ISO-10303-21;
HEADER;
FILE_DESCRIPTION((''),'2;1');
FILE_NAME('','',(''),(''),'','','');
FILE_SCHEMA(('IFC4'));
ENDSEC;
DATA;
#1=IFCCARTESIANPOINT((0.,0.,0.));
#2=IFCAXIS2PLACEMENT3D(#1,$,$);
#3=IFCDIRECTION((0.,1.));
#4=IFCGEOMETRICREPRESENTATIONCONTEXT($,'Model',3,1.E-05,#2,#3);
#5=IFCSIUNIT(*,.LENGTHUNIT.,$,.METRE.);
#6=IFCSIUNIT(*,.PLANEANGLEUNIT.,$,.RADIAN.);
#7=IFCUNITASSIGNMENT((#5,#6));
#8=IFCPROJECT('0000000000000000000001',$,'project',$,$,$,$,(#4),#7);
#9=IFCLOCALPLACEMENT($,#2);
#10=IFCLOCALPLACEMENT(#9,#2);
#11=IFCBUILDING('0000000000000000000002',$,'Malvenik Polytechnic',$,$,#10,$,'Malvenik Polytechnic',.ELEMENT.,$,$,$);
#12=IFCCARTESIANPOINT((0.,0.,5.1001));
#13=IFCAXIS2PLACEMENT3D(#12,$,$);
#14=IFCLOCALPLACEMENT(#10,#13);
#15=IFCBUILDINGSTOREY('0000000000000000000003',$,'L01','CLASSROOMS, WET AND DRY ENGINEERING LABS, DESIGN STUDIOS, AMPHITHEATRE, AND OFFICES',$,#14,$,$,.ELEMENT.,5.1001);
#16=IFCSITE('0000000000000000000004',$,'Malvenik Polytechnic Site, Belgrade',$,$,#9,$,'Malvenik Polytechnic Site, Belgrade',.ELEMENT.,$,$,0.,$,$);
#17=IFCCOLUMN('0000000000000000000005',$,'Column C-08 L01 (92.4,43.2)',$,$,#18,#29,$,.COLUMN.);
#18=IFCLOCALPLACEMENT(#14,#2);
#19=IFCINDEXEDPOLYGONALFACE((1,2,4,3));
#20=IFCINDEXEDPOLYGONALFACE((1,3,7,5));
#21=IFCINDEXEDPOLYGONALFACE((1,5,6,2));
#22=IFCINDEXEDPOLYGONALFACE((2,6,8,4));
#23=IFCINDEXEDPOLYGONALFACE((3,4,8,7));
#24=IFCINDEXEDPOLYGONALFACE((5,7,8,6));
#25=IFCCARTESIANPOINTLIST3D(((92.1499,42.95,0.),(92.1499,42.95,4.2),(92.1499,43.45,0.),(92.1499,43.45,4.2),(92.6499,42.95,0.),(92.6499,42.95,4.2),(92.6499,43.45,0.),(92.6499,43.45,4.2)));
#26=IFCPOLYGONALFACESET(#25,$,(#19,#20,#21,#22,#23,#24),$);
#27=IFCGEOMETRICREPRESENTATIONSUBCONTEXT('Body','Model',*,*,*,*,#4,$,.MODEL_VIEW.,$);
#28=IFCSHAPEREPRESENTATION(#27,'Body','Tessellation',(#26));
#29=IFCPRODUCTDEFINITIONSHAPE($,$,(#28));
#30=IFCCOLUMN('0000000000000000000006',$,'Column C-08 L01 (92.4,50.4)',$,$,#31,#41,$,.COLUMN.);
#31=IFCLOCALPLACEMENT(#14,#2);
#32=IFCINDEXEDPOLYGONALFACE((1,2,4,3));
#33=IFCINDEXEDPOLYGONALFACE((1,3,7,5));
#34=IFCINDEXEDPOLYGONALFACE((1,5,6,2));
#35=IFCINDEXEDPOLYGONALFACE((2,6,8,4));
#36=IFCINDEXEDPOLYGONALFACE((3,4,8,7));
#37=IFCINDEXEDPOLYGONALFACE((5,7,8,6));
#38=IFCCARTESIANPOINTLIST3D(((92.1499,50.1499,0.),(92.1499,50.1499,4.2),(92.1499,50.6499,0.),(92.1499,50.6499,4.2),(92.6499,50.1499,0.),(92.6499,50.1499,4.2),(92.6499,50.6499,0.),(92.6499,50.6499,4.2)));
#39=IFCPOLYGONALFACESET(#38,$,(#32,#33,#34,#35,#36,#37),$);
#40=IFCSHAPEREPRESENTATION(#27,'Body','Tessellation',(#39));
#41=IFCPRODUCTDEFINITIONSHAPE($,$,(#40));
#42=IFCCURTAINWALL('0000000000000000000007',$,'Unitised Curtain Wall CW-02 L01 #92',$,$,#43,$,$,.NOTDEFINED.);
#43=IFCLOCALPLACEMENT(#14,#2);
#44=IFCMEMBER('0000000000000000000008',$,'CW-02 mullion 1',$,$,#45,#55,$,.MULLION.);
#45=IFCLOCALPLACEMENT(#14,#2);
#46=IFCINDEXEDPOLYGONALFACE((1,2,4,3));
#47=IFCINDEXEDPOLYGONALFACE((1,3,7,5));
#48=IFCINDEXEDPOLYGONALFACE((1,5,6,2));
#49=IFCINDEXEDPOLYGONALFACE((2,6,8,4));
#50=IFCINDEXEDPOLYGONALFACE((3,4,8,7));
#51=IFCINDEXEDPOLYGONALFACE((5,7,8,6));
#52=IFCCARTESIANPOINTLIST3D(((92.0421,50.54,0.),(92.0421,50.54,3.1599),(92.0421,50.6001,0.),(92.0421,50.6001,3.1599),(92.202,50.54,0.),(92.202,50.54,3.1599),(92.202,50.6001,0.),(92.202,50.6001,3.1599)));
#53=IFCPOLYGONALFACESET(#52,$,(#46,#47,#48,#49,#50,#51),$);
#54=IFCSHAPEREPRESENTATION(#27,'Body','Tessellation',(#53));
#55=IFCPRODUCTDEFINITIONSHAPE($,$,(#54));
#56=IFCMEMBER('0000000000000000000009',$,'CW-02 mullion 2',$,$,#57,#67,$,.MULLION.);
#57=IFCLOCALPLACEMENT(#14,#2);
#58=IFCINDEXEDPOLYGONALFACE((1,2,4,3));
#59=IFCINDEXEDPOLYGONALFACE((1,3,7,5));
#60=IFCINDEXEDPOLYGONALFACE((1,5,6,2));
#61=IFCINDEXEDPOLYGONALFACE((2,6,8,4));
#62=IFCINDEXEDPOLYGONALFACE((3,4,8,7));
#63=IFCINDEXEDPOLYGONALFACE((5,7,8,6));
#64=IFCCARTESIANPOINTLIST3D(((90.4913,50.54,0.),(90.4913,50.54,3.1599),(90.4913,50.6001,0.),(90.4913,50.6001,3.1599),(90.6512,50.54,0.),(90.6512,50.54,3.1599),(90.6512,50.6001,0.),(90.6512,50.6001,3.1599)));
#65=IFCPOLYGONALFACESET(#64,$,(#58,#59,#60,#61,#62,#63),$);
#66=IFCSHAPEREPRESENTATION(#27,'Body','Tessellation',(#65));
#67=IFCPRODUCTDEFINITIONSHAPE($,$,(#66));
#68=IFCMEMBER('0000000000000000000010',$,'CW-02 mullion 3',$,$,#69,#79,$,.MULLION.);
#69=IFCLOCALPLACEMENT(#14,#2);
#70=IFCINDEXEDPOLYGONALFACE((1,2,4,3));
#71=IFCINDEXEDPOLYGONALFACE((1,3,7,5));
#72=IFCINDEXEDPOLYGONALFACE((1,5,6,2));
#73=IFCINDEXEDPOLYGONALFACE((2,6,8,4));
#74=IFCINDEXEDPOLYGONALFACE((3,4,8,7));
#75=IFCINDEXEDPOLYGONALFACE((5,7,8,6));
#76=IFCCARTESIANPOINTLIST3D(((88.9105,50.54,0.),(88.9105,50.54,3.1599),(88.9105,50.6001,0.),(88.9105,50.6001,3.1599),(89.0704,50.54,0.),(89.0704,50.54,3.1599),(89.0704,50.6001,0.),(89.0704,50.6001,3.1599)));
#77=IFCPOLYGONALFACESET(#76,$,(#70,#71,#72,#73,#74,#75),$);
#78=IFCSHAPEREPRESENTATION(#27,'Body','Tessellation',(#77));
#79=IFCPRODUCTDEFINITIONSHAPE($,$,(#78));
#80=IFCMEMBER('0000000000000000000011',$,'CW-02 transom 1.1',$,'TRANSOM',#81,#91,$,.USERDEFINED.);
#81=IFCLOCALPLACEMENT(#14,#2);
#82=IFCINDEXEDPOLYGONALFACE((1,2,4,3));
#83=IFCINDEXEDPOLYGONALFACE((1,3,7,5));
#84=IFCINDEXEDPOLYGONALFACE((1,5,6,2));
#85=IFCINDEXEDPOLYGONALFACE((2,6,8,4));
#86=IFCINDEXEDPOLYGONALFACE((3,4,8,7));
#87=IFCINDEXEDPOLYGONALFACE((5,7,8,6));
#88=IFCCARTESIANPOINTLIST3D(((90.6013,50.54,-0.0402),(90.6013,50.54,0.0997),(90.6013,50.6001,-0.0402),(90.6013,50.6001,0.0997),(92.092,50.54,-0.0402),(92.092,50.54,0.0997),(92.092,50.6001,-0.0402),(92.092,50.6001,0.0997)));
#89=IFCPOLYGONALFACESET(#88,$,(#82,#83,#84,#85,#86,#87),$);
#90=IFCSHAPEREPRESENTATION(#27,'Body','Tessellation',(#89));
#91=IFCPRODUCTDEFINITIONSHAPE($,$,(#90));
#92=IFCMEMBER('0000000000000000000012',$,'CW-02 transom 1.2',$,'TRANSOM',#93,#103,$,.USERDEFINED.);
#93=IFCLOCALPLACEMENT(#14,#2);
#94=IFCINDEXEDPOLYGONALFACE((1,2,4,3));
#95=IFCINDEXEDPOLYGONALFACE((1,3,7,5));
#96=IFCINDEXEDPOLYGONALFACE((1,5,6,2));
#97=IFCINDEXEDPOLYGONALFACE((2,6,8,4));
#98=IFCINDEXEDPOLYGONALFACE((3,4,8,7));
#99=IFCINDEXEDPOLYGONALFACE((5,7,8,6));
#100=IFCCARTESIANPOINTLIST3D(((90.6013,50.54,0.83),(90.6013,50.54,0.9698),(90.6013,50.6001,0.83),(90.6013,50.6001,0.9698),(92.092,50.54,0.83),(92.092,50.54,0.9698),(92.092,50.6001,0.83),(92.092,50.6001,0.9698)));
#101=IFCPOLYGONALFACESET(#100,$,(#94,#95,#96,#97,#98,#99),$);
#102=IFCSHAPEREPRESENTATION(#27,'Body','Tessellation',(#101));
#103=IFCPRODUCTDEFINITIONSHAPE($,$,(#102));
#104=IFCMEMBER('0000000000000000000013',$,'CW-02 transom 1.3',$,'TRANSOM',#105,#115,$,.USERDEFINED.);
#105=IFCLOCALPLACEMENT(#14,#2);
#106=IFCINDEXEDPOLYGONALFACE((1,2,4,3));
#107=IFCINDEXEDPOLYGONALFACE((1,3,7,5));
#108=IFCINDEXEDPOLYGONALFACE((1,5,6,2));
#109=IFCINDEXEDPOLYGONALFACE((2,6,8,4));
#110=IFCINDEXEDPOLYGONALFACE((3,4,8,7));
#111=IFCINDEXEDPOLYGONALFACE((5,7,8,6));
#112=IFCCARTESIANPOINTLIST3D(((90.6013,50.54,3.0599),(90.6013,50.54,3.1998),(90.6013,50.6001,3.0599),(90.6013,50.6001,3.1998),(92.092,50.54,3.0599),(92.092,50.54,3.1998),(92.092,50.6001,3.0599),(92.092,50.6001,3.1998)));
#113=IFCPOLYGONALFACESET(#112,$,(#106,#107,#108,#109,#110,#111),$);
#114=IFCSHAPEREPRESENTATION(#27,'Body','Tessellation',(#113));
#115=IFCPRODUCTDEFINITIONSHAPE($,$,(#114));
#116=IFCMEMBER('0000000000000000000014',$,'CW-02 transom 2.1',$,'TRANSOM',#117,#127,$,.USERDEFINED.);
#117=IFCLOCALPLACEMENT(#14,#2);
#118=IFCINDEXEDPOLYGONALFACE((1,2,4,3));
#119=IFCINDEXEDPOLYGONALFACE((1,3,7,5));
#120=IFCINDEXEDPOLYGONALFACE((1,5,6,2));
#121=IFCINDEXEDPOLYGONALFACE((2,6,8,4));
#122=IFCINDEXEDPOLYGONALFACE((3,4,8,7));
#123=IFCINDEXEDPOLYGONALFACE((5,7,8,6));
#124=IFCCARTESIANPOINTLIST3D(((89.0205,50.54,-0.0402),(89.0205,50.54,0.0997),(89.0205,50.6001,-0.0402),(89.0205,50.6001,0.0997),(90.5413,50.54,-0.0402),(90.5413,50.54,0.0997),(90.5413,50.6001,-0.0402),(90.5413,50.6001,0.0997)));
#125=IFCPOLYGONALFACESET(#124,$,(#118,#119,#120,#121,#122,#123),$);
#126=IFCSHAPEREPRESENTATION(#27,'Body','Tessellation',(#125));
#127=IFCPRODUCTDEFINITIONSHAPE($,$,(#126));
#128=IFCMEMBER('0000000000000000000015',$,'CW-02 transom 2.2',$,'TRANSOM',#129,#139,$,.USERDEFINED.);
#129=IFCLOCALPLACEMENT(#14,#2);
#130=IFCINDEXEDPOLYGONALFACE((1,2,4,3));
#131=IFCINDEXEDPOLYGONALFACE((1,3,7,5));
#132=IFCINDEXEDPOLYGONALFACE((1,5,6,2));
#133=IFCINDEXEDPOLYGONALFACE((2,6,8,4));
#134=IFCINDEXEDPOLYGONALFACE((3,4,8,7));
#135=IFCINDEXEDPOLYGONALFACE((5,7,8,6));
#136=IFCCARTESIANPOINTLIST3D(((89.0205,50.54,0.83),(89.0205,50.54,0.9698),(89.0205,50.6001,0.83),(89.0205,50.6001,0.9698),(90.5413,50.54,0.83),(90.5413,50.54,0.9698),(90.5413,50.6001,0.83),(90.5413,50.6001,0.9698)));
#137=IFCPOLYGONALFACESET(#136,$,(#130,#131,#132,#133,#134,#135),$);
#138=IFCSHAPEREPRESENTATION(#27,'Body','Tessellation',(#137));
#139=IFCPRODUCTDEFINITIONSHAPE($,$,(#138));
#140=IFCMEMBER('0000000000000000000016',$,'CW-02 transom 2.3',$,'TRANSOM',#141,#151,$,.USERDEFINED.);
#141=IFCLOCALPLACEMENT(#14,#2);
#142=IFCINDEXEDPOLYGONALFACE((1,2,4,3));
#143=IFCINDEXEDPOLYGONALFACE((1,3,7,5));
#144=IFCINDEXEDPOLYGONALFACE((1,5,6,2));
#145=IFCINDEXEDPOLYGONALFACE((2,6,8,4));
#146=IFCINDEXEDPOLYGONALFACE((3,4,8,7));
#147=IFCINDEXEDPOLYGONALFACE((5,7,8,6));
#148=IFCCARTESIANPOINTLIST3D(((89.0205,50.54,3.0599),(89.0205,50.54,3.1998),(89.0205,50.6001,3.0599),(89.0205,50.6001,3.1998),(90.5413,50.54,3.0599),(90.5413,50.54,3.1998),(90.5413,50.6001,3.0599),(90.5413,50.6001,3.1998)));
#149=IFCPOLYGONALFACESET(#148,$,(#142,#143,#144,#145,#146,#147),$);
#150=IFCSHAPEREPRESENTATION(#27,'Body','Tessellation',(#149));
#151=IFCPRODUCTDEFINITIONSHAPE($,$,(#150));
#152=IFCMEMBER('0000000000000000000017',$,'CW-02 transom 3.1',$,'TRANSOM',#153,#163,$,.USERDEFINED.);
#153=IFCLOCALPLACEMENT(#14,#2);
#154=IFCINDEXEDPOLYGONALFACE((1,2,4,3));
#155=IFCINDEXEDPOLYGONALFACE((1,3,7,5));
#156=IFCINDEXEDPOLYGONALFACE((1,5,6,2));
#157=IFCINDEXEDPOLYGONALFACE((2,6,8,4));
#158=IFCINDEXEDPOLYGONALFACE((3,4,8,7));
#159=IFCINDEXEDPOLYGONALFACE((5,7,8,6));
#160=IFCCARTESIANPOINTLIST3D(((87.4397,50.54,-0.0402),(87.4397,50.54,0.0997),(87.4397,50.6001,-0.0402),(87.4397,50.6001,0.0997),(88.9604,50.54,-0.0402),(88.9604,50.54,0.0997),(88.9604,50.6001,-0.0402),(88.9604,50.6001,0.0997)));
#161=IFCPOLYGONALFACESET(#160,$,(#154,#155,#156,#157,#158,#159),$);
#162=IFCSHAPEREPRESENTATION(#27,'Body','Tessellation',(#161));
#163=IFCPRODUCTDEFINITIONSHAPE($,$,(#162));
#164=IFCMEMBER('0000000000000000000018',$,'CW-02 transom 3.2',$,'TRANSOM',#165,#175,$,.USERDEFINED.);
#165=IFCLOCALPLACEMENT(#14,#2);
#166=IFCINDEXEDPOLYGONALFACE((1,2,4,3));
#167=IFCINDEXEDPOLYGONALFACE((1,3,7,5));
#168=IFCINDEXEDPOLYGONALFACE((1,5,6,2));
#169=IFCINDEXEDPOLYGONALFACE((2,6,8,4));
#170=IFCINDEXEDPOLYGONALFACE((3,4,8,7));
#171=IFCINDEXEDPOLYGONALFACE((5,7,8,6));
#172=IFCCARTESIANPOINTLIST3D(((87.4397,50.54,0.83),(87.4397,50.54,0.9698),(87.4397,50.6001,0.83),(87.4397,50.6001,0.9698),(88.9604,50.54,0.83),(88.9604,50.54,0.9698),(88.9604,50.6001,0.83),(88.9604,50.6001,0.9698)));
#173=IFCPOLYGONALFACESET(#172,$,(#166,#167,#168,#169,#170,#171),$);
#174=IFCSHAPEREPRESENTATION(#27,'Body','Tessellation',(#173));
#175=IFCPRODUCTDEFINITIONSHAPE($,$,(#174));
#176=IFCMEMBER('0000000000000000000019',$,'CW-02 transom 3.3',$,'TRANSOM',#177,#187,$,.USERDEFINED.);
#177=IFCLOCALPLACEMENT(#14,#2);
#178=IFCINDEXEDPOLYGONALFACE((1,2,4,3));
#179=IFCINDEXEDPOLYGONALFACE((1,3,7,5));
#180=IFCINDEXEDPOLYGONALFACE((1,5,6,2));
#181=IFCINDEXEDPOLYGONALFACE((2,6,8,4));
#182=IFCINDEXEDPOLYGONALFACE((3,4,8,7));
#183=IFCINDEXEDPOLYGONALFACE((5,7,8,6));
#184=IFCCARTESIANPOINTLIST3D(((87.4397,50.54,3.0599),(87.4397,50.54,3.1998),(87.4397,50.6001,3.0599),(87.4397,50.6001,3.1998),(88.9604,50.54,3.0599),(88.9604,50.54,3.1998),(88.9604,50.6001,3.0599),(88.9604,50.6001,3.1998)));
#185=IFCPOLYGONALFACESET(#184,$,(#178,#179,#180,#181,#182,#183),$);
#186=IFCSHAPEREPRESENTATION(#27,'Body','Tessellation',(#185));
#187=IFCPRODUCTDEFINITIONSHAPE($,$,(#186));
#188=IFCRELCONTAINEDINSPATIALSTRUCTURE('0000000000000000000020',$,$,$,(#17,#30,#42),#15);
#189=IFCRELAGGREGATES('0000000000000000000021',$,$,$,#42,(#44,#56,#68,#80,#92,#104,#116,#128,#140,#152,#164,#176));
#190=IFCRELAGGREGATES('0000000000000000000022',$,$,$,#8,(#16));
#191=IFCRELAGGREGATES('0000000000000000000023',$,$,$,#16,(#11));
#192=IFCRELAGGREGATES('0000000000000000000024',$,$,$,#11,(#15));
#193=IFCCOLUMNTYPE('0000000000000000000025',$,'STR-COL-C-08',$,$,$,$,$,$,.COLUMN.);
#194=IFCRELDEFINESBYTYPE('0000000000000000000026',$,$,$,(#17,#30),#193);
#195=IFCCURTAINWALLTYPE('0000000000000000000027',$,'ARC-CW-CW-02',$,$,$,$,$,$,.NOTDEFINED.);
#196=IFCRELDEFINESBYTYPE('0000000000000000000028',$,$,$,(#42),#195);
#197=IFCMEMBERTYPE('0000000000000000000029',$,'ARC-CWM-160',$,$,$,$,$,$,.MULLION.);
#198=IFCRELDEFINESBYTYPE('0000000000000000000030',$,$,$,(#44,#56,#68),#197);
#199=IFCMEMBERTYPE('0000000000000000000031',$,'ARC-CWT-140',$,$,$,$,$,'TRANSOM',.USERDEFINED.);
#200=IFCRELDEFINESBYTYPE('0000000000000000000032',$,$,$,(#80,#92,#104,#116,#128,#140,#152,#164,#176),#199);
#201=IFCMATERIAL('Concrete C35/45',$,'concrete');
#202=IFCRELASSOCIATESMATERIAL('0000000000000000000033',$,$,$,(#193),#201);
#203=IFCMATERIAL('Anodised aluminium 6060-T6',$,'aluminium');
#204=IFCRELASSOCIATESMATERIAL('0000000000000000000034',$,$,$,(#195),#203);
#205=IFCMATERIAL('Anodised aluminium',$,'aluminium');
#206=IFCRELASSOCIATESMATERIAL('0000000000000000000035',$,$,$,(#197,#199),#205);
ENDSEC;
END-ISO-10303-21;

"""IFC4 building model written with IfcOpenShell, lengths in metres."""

from ifc_helpers import new_model, si_unit, direction, frame, origin, origin_2d, place, context, subcontext, project, spatial, rectangle, extrude, material, material_profile, profile_set, type_object, element, aggregate, save


model = new_model("IFC4")

# Units and contexts
model_context = context("Model", 3, precision=1e-05, world=origin(), true_north=direction((0.0, 1.0)))
body_context = subcontext(model_context, "Body", "Model", "MODEL_VIEW")
ifc_project = project(units=[si_unit("LENGTHUNIT", "METRE"), si_unit("PLANEANGLEUNIT", "RADIAN")], contexts=[model_context])

# Site, building, storey
site_placement = place(None, origin())
site = spatial("IfcSite", under=ifc_project, at=site_placement, Name="Malvenik Polytechnic Site, Belgrade", LongName="Malvenik Polytechnic Site, Belgrade", CompositionType="ELEMENT", RefElevation=0.0)
building_placement = place(site_placement, origin())
building = spatial("IfcBuilding", under=site, at=building_placement, Name="Malvenik Polytechnic", LongName="Malvenik Polytechnic", CompositionType="ELEMENT")
storey_placement = place(building_placement, frame((0.0, 0.0, 5.1001)))
storey = spatial("IfcBuildingStorey", under=building, at=storey_placement, Name="L01", Description="CLASSROOMS, WET AND DRY ENGINEERING LABS, DESIGN STUDIOS, AMPHITHEATRE, AND OFFICES", CompositionType="ELEMENT", Elevation=5.1001)

# Columns
ifc_material_1 = material(Name="Concrete C35/45", Category="concrete")
ifc_material_profile_1 = material_profile(ifc_material_1, rectangle(XDim=0.5, YDim=0.5, at=origin_2d()), Name="RC COL 500x500")
ifc_profile_set_1 = profile_set([ifc_material_profile_1], Name="Concrete C35/45")
column_type = type_object("IfcColumnType", Name="STR-COL-C-08", PredefinedType="COLUMN", material=ifc_profile_set_1)
for number, where, z_axis, x_axis, name in (
    (1, (92.3999, 43.2, 0.0), (0.0, 0.0, 1.0), (1.0, 0.0, 0.0), "Column C-08 L01 (92.4,43.2)"),
    (2, (92.3999, 50.3999, 0.0), (0.0, 0.0, 1.0), (1.0, 0.0, 0.0), "Column C-08 L01 (92.4,50.4)"),
):
    element("IfcColumn", number, at=place(storey_placement, frame(where, z_axis=z_axis, x_axis=x_axis)), inside=storey, type_object=column_type, Name=name, PredefinedType="COLUMN", context=body_context, shape_type="SweptSolid", body=[
        extrude(rectangle(XDim=0.5, YDim=0.5, at=origin_2d()), origin(), (0.0, 0.0, 1.0), 4.2),
    ])

# Curtain wall, members
ifc_material_2 = material(Name="Anodised aluminium 6060-T6", Category="aluminium")
curtain_wall_type = type_object("IfcCurtainWallType", Name="ARC-CW-CW-02", PredefinedType="NOTDEFINED", material=ifc_material_2)
curtain_wall_placement = place(storey_placement, origin())
curtain_wall = element("IfcCurtainWall", 3, at=curtain_wall_placement, inside=storey, type_object=curtain_wall_type, Name="Unitised Curtain Wall CW-02 L01 #92", PredefinedType="NOTDEFINED")
ifc_material_3 = material(Name="Anodised aluminium", Category="aluminium")
ifc_material_profile_2 = material_profile(ifc_material_3, rectangle(XDim=0.0601, YDim=0.1599, at=origin_2d()), Name="ALU MULLION 60x160")
ifc_profile_set_2 = profile_set([ifc_material_profile_2], Name="Anodised aluminium")
member_type_1 = type_object("IfcMemberType", Name="ARC-CWM-160", PredefinedType="MULLION", material=ifc_profile_set_2)
member_1_placement = place(storey_placement, frame((92.1221, 50.5701, 0.0), z_axis=(0.0, 0.0, 1.0), x_axis=(0.0, -1.0, 0.0)))
member_1 = element("IfcMember", 4, at=member_1_placement, type_object=member_type_1, Name="CW-02 mullion 1", PredefinedType="MULLION", context=body_context, shape_type="SweptSolid", body=[
    extrude(rectangle(XDim=0.0601, YDim=0.1599, at=origin_2d()), origin(), (0.0, 0.0, 1.0), 3.1599),
])
member_2_placement = place(storey_placement, frame((90.5713, 50.5701, 0.0), z_axis=(0.0, 0.0, 1.0), x_axis=(0.0, -1.0, 0.0)))
member_2 = element("IfcMember", 5, at=member_2_placement, type_object=member_type_1, Name="CW-02 mullion 2", PredefinedType="MULLION", context=body_context, shape_type="SweptSolid", body=[
    extrude(rectangle(XDim=0.0601, YDim=0.1599, at=origin_2d()), origin(), (0.0, 0.0, 1.0), 3.1599),
])
member_3_placement = place(storey_placement, frame((88.9905, 50.5701, 0.0), z_axis=(0.0, 0.0, 1.0), x_axis=(0.0, -1.0, 0.0)))
member_3 = element("IfcMember", 6, at=member_3_placement, type_object=member_type_1, Name="CW-02 mullion 3", PredefinedType="MULLION", context=body_context, shape_type="SweptSolid", body=[
    extrude(rectangle(XDim=0.0601, YDim=0.1599, at=origin_2d()), origin(), (0.0, 0.0, 1.0), 3.1599),
])
ifc_material_profile_3 = material_profile(ifc_material_3, rectangle(XDim=0.0601, YDim=0.1399, at=origin_2d()), Name="ALU TRANSOM 60x140")
ifc_profile_set_3 = profile_set([ifc_material_profile_3], Name="Anodised aluminium")
member_type_2 = type_object("IfcMemberType", Name="ARC-CWT-140", ElementType="TRANSOM", PredefinedType="USERDEFINED", material=ifc_profile_set_3)
member_4_placement = place(storey_placement, frame((92.092, 50.5701, 0.0298), z_axis=(-1.0, 0.0, 0.0), x_axis=(0.0, -1.0, 0.0)))
member_4 = element("IfcMember", 7, at=member_4_placement, type_object=member_type_2, Name="CW-02 transom 1.1", ObjectType="TRANSOM", PredefinedType="USERDEFINED", context=body_context, shape_type="SweptSolid", body=[
    extrude(rectangle(XDim=0.0601, YDim=0.1399, at=origin_2d()), origin(), (0.0, 0.0, 1.0), 1.4907),
])
member_5_placement = place(storey_placement, frame((92.092, 50.5701, 0.8999), z_axis=(-1.0, 0.0, 0.0), x_axis=(0.0, -1.0, 0.0)))
member_5 = element("IfcMember", 8, at=member_5_placement, type_object=member_type_2, Name="CW-02 transom 1.2", ObjectType="TRANSOM", PredefinedType="USERDEFINED", context=body_context, shape_type="SweptSolid", body=[
    extrude(rectangle(XDim=0.0601, YDim=0.1399, at=origin_2d()), origin(), (0.0, 0.0, 1.0), 1.4907),
])
member_6_placement = place(storey_placement, frame((92.092, 50.5701, 3.1299), z_axis=(-1.0, 0.0, 0.0), x_axis=(0.0, -1.0, 0.0)))
member_6 = element("IfcMember", 9, at=member_6_placement, type_object=member_type_2, Name="CW-02 transom 1.3", ObjectType="TRANSOM", PredefinedType="USERDEFINED", context=body_context, shape_type="SweptSolid", body=[
    extrude(rectangle(XDim=0.0601, YDim=0.1399, at=origin_2d()), origin(), (0.0, 0.0, 1.0), 1.4907),
])
member_7_placement = place(storey_placement, frame((90.5413, 50.5701, 0.0298), z_axis=(-1.0, 0.0, 0.0), x_axis=(0.0, -1.0, 0.0)))
member_7 = element("IfcMember", 10, at=member_7_placement, type_object=member_type_2, Name="CW-02 transom 2.1", ObjectType="TRANSOM", PredefinedType="USERDEFINED", context=body_context, shape_type="SweptSolid", body=[
    extrude(rectangle(XDim=0.0601, YDim=0.1399, at=origin_2d()), origin(), (0.0, 0.0, 1.0), 1.5208),
])
member_8_placement = place(storey_placement, frame((90.5413, 50.5701, 0.8999), z_axis=(-1.0, 0.0, 0.0), x_axis=(0.0, -1.0, 0.0)))
member_8 = element("IfcMember", 11, at=member_8_placement, type_object=member_type_2, Name="CW-02 transom 2.2", ObjectType="TRANSOM", PredefinedType="USERDEFINED", context=body_context, shape_type="SweptSolid", body=[
    extrude(rectangle(XDim=0.0601, YDim=0.1399, at=origin_2d()), origin(), (0.0, 0.0, 1.0), 1.5208),
])
member_9_placement = place(storey_placement, frame((90.5413, 50.5701, 3.1299), z_axis=(-1.0, 0.0, 0.0), x_axis=(0.0, -1.0, 0.0)))
member_9 = element("IfcMember", 12, at=member_9_placement, type_object=member_type_2, Name="CW-02 transom 2.3", ObjectType="TRANSOM", PredefinedType="USERDEFINED", context=body_context, shape_type="SweptSolid", body=[
    extrude(rectangle(XDim=0.0601, YDim=0.1399, at=origin_2d()), origin(), (0.0, 0.0, 1.0), 1.5208),
])
member_10_placement = place(storey_placement, frame((88.9604, 50.5701, 0.0298), z_axis=(-1.0, 0.0, 0.0), x_axis=(0.0, -1.0, 0.0)))
member_10 = element("IfcMember", 13, at=member_10_placement, type_object=member_type_2, Name="CW-02 transom 3.1", ObjectType="TRANSOM", PredefinedType="USERDEFINED", context=body_context, shape_type="SweptSolid", body=[
    extrude(rectangle(XDim=0.0601, YDim=0.1399, at=origin_2d()), origin(), (0.0, 0.0, 1.0), 1.5208),
])
member_11_placement = place(storey_placement, frame((88.9604, 50.5701, 0.8999), z_axis=(-1.0, 0.0, 0.0), x_axis=(0.0, -1.0, 0.0)))
member_11 = element("IfcMember", 14, at=member_11_placement, type_object=member_type_2, Name="CW-02 transom 3.2", ObjectType="TRANSOM", PredefinedType="USERDEFINED", context=body_context, shape_type="SweptSolid", body=[
    extrude(rectangle(XDim=0.0601, YDim=0.1399, at=origin_2d()), origin(), (0.0, 0.0, 1.0), 1.5208),
])
member_12_placement = place(storey_placement, frame((88.9604, 50.5701, 3.1299), z_axis=(-1.0, 0.0, 0.0), x_axis=(0.0, -1.0, 0.0)))
member_12 = element("IfcMember", 15, at=member_12_placement, type_object=member_type_2, Name="CW-02 transom 3.3", ObjectType="TRANSOM", PredefinedType="USERDEFINED", context=body_context, shape_type="SweptSolid", body=[
    extrude(rectangle(XDim=0.0601, YDim=0.1399, at=origin_2d()), origin(), (0.0, 0.0, 1.0), 1.5208),
])

aggregate(curtain_wall, [member_1, member_2, member_3, member_4, member_5, member_6, member_7, member_8, member_9, member_10, member_11, member_12])

save(model, "model.ifc")
